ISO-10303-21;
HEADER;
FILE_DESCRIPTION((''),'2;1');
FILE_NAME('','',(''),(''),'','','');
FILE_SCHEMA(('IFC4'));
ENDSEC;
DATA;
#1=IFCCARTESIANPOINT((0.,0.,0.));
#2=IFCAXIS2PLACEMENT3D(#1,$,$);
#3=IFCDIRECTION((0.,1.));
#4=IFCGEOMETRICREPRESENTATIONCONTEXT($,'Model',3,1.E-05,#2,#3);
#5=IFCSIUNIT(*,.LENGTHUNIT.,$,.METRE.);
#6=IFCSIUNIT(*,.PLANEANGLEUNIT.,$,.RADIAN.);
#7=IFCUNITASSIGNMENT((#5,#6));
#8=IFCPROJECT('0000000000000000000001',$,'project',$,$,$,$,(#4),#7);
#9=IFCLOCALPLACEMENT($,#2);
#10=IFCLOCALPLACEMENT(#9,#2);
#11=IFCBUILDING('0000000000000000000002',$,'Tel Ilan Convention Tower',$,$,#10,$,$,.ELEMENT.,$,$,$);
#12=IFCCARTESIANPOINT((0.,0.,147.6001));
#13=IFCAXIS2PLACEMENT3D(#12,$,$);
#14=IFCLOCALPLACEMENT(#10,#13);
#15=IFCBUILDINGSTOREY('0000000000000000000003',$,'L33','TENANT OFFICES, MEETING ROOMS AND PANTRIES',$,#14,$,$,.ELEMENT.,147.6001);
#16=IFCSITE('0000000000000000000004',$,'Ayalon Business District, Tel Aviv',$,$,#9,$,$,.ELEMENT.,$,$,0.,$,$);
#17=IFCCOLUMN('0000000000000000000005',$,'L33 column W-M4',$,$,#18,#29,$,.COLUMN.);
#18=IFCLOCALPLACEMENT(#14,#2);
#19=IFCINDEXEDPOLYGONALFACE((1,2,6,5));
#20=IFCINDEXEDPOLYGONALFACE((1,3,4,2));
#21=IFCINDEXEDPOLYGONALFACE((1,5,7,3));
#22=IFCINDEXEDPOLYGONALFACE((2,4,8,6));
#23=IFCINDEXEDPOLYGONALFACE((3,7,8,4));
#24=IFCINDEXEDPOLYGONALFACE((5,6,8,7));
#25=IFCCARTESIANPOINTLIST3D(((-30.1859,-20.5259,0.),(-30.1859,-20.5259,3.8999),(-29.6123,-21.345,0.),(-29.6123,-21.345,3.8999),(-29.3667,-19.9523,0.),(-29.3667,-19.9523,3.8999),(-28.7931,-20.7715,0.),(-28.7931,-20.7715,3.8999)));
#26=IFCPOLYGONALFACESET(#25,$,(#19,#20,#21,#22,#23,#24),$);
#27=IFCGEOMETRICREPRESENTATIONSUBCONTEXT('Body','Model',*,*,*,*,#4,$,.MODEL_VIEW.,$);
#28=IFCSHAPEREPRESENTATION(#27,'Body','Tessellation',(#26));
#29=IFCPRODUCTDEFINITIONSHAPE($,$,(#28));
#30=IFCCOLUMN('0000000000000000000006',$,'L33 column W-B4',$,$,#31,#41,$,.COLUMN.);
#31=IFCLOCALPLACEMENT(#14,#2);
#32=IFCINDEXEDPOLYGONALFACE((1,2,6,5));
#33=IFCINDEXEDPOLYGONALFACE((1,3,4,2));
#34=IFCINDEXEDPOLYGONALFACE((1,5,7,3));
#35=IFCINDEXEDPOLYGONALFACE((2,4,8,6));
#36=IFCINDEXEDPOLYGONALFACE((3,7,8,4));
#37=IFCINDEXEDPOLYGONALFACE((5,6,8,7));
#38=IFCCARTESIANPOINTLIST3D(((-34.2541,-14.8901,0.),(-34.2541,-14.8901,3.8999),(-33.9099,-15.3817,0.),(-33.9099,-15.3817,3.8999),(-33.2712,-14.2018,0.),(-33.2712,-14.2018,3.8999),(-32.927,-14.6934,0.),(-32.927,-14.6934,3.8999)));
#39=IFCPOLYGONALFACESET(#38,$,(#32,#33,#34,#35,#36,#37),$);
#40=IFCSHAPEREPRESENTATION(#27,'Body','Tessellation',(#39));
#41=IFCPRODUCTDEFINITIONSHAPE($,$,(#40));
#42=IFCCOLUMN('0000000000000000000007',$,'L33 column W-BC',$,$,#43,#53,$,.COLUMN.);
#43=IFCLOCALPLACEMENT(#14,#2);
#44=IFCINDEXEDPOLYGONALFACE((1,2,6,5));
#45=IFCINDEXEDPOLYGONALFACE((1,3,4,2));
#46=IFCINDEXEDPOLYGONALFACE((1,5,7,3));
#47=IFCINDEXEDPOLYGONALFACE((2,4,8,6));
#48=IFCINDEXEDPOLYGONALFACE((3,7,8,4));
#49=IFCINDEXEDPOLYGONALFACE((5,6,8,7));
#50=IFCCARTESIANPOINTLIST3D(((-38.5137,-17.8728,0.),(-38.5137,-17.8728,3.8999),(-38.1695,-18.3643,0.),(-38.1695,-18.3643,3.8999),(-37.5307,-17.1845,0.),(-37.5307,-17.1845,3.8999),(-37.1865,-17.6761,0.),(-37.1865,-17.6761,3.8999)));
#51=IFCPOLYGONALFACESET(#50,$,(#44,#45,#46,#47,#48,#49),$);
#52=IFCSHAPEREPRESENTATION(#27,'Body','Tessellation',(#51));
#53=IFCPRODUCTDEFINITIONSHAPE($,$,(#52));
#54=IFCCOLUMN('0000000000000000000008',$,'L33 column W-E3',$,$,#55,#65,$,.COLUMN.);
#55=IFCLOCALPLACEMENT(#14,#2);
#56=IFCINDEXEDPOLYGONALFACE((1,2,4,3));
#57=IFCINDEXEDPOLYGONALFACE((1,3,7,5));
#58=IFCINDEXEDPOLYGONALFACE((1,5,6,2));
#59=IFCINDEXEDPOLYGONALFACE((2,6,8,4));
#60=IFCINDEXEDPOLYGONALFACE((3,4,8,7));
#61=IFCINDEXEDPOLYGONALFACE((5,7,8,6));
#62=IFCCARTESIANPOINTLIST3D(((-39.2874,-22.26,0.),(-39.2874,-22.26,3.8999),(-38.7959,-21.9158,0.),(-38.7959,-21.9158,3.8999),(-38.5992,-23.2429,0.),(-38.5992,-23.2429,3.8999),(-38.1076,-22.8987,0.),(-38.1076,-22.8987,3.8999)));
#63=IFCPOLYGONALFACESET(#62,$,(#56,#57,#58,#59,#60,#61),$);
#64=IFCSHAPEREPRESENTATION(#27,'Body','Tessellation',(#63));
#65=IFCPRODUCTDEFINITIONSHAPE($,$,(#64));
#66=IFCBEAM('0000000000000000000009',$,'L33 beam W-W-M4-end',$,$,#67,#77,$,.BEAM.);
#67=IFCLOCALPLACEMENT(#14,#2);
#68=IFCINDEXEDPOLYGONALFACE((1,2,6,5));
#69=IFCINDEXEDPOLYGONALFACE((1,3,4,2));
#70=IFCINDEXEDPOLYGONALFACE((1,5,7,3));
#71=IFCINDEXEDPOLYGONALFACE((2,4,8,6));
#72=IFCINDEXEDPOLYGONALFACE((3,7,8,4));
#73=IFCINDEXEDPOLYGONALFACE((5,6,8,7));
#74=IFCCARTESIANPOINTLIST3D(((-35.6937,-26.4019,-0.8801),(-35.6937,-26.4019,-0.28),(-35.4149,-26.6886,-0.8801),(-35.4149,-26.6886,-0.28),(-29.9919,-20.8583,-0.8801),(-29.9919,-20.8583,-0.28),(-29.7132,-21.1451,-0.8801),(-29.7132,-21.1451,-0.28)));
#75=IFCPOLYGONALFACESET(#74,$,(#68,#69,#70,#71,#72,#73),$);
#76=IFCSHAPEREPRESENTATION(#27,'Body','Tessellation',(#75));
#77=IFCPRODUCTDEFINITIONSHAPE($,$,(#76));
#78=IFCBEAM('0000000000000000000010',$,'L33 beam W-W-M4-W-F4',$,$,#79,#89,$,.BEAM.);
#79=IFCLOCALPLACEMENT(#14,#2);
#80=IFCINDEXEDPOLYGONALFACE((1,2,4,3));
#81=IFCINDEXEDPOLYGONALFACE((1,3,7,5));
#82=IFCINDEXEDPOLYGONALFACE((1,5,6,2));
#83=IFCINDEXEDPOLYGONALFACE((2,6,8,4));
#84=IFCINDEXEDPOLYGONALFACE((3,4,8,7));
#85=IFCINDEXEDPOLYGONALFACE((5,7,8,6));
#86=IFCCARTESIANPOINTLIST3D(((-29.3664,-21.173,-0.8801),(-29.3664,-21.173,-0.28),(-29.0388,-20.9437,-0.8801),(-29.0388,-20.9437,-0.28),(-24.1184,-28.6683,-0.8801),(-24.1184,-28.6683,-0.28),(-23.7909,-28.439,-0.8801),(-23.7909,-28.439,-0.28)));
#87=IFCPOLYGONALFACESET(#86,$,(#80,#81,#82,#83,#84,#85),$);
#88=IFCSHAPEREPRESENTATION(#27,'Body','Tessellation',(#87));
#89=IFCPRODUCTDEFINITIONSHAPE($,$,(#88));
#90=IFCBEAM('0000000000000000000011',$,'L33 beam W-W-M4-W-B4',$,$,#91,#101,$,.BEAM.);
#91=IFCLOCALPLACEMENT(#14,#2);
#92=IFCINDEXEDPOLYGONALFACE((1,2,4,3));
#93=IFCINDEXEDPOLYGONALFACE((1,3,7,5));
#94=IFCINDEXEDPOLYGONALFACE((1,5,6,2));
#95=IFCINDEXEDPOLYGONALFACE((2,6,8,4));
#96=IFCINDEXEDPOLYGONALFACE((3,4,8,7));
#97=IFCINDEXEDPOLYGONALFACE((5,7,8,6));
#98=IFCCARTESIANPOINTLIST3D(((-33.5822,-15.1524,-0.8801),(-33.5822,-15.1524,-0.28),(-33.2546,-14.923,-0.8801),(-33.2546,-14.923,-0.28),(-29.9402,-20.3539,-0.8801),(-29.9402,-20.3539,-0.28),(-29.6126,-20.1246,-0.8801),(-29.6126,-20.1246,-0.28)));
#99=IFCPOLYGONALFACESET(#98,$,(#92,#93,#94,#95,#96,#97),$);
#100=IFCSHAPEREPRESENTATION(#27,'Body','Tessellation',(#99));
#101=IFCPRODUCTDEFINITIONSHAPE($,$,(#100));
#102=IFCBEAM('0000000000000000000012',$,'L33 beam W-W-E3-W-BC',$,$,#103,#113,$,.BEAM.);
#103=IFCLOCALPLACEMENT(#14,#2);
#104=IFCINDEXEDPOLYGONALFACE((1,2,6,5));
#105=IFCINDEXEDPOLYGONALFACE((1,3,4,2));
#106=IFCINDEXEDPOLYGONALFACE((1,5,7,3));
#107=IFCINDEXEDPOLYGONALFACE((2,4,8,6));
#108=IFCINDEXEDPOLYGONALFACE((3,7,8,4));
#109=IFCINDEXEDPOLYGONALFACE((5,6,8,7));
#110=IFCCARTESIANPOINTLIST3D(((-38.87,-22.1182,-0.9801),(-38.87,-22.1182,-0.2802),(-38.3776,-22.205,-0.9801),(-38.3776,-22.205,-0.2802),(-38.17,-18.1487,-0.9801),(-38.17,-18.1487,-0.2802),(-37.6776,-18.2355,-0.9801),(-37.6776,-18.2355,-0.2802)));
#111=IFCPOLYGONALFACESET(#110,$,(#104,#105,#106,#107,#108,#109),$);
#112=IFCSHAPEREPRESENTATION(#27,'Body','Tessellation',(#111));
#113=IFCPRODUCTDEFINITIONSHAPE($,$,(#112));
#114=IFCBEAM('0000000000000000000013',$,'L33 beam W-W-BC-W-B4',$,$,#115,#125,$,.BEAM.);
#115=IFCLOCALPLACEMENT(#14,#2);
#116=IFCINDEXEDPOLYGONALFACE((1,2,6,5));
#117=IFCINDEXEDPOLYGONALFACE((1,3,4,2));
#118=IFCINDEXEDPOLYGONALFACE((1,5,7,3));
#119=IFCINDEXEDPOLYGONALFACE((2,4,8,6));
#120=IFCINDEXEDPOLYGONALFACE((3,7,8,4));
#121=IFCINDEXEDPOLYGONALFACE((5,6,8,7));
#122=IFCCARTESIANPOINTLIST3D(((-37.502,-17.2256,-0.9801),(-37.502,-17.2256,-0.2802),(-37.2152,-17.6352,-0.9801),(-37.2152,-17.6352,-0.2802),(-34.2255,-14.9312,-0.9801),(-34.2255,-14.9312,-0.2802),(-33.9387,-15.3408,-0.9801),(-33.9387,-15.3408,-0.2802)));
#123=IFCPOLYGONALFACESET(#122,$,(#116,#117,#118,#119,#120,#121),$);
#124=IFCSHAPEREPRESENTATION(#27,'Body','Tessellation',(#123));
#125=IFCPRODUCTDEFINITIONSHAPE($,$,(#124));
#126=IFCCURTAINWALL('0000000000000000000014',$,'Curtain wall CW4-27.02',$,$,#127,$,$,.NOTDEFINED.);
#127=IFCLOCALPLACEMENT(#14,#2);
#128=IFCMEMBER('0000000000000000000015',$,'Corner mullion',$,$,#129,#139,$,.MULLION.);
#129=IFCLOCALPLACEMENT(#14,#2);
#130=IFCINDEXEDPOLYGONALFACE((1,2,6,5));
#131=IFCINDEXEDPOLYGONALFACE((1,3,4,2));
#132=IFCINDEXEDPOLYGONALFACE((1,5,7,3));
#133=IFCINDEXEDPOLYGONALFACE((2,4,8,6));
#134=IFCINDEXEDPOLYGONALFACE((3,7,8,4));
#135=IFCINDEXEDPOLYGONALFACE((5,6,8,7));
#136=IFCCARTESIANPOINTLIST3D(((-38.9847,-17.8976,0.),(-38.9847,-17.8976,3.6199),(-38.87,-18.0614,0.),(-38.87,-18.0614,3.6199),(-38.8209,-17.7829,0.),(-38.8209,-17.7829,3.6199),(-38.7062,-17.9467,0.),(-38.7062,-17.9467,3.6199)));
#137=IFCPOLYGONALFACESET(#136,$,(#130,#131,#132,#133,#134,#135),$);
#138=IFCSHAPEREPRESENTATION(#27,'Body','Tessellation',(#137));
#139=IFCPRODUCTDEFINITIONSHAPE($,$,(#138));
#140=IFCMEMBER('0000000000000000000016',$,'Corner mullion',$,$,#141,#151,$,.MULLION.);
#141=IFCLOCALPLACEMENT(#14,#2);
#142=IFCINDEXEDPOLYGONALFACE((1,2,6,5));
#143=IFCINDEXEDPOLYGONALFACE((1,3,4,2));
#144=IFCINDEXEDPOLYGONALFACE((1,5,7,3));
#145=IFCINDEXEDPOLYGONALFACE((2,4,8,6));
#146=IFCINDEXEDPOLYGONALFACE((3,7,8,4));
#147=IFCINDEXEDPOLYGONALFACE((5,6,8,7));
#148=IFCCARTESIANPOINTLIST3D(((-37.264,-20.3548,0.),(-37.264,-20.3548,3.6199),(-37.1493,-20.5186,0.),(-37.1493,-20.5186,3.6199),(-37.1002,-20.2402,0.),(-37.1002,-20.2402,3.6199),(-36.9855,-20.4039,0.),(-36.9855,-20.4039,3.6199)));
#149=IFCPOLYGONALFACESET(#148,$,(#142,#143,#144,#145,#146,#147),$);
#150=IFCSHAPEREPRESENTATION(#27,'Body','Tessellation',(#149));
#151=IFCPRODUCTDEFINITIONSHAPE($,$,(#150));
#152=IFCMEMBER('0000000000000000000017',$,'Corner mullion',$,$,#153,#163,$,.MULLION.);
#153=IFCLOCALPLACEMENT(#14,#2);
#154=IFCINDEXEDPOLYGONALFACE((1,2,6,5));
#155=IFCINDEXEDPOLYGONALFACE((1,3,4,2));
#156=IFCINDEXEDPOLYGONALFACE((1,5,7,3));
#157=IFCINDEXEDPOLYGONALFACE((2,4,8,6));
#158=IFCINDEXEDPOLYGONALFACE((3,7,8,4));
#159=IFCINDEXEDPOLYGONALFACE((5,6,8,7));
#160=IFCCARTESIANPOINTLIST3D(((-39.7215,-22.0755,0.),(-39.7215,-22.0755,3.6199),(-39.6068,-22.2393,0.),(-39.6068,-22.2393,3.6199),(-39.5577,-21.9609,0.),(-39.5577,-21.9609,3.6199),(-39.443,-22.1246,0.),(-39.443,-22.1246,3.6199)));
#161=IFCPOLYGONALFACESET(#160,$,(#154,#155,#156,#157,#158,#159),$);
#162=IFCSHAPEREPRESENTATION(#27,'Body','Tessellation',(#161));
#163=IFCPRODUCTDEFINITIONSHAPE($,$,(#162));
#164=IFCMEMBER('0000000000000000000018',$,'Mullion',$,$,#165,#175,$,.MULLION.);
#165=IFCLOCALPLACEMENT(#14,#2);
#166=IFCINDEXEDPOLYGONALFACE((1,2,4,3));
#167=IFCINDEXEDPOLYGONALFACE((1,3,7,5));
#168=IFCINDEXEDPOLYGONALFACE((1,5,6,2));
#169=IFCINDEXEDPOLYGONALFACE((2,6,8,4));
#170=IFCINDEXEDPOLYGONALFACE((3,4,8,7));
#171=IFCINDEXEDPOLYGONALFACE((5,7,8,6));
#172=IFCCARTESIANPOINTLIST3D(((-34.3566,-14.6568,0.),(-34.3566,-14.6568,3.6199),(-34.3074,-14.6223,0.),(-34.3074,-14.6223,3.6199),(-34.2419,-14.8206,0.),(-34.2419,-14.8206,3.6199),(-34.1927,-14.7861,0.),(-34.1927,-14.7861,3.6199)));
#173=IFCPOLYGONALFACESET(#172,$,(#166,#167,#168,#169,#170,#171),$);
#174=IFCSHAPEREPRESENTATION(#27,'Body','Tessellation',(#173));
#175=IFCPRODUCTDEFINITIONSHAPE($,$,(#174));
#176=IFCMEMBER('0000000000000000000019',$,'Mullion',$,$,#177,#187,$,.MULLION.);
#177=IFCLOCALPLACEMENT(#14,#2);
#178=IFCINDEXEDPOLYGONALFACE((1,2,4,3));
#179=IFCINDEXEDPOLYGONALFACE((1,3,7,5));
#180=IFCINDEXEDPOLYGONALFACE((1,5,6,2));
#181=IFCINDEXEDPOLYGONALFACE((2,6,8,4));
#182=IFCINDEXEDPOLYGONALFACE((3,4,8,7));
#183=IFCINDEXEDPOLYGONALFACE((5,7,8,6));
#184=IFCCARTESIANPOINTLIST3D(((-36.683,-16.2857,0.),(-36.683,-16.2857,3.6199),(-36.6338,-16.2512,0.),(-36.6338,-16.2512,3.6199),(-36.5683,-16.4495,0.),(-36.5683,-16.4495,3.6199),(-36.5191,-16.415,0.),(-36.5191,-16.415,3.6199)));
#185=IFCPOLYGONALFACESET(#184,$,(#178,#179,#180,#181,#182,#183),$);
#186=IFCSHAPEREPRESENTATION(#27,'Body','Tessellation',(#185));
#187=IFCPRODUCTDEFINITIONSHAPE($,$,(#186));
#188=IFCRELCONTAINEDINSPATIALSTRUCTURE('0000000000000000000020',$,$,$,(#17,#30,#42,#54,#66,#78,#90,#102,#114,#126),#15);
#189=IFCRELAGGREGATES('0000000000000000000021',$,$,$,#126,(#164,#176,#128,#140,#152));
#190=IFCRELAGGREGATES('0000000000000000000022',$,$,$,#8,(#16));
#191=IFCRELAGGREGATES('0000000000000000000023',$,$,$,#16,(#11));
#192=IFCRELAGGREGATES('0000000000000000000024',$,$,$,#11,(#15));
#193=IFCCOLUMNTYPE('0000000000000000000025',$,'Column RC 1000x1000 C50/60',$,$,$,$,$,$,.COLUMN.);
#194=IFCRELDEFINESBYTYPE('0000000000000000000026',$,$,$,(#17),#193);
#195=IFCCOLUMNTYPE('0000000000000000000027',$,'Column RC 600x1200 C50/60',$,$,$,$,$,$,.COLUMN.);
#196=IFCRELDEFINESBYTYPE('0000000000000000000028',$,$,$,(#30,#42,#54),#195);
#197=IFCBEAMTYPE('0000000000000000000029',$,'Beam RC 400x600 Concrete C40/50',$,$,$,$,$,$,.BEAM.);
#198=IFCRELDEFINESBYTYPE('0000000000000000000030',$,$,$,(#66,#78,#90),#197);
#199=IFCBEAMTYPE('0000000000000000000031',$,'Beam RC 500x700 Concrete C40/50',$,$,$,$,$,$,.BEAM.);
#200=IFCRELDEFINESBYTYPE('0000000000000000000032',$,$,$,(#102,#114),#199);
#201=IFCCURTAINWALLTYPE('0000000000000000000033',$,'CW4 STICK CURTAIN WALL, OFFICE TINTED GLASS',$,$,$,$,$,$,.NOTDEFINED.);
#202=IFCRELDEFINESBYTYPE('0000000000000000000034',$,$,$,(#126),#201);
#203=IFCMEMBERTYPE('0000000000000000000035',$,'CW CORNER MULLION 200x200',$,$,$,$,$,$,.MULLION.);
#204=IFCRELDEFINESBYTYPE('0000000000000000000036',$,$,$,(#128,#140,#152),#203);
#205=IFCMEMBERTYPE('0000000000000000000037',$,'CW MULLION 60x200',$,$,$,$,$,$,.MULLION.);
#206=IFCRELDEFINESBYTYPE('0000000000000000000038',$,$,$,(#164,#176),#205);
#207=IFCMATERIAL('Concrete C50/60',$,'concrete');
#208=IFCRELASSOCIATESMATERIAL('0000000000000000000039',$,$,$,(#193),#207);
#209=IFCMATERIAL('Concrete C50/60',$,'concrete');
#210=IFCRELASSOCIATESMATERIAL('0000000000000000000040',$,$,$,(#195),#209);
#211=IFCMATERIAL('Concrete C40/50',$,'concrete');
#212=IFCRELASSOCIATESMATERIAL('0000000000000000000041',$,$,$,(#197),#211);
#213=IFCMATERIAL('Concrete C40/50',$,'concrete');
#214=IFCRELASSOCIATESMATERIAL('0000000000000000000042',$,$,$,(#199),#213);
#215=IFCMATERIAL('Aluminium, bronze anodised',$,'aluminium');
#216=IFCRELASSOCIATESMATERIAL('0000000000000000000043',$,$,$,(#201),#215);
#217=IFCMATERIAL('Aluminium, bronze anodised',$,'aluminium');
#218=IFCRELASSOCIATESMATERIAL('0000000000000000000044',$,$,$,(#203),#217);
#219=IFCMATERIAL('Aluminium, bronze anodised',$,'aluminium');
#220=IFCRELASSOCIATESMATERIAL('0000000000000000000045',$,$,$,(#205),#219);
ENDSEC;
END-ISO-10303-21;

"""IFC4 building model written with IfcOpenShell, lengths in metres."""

from ifc_helpers import new_model, si_unit, direction, frame, origin, origin_2d, place, context, subcontext, project, spatial, rectangle, extrude, material, material_profile, profile_set, type_object, element, aggregate, save


model = new_model("IFC4")

# Units and contexts
model_context = context("Model", 3, precision=1e-05, world=origin(), true_north=direction((0.0, 1.0)))
body_context = subcontext(model_context, "Body", "Model", "MODEL_VIEW")
ifc_project = project(units=[si_unit("LENGTHUNIT", "METRE"), si_unit("PLANEANGLEUNIT", "RADIAN")], contexts=[model_context])

# Site, building, storey
site_placement = place(None, origin())
site = spatial("IfcSite", under=ifc_project, at=site_placement, Name="Ayalon Business District, Tel Aviv", CompositionType="ELEMENT", RefElevation=0.0)
building_placement = place(site_placement, origin())
building = spatial("IfcBuilding", under=site, at=building_placement, Name="Tel Ilan Convention Tower", CompositionType="ELEMENT")
storey_placement = place(building_placement, frame((0.0, 0.0, 147.6001)))
storey = spatial("IfcBuildingStorey", under=building, at=storey_placement, Name="L33", Description="TENANT OFFICES, MEETING ROOMS AND PANTRIES", CompositionType="ELEMENT", Elevation=147.6001)

# Columns
ifc_material_1 = material(Name="Concrete C50/60", Category="concrete")
ifc_material_profile_1 = material_profile(ifc_material_1, rectangle(XDim=1.0, YDim=1.0, at=origin_2d()), Name="RC 1000x1000")
ifc_profile_set_1 = profile_set([ifc_material_profile_1], Name="Concrete C50/60")
column_type_1 = type_object("IfcColumnType", Name="Column RC 1000x1000 C50/60", PredefinedType="COLUMN", material=ifc_profile_set_1)
column_placement = place(storey_placement, frame((-29.4895, -20.6487, 0.0), z_axis=(0.0, 0.0, 1.0), x_axis=(-0.819152, -0.573576, 0.0)))
element("IfcColumn", 1, at=column_placement, inside=storey, type_object=column_type_1, Name="L33 column W-M4", PredefinedType="COLUMN", context=body_context, shape_type="SweptSolid", body=[
    extrude(rectangle(XDim=1.0, YDim=1.0, at=origin_2d()), origin(), (0.0, 0.0, 1.0), 3.8999),
])
ifc_material_2 = material(Name="Concrete C50/60", Category="concrete")
ifc_material_profile_2 = material_profile(ifc_material_2, rectangle(XDim=1.2, YDim=0.6001, at=origin_2d()), Name="RC 600x1200")
ifc_profile_set_2 = profile_set([ifc_material_profile_2], Name="Concrete C50/60")
column_type_2 = type_object("IfcColumnType", Name="Column RC 600x1200 C50/60", PredefinedType="COLUMN", material=ifc_profile_set_2)
for number, where, z_axis, x_axis, name in (
    (2, (-33.5906, -14.7917, 0.0), (0.0, 0.0, 1.0), (-0.819152, -0.573576, 0.0), "L33 column W-B4"),
    (3, (-37.8501, -17.7744, 0.0), (0.0, 0.0, 1.0), (-0.819152, -0.573576, 0.0), "L33 column W-BC"),
    (4, (-38.6975, -22.5793, 0.0), (0.0, 0.0, 1.0), (-0.573576, 0.819152, 0.0), "L33 column W-E3"),
):
    element("IfcColumn", number, at=place(storey_placement, frame(where, z_axis=z_axis, x_axis=x_axis)), inside=storey, type_object=column_type_2, Name=name, PredefinedType="COLUMN", context=body_context, shape_type="SweptSolid", body=[
        extrude(rectangle(XDim=1.2, YDim=0.6001, at=origin_2d()), origin(), (0.0, 0.0, 1.0), 3.8999),
    ])

# Beams
ifc_material_3 = material(Name="Concrete C40/50", Category="concrete")
ifc_material_profile_3 = material_profile(ifc_material_3, rectangle(XDim=0.3999, YDim=0.6001, at=origin_2d()), Name="RC 400x600")
ifc_profile_set_3 = profile_set([ifc_material_profile_3], Name="Concrete C40/50")
beam_type_1 = type_object("IfcBeamType", Name="Beam RC 400x600 Concrete C40/50", PredefinedType="BEAM", material=ifc_profile_set_3)
beam_1_placement = place(storey_placement, frame((-29.8525, -21.0017, -0.5801), z_axis=(-0.716984, -0.69709, 0.0), x_axis=(0.69709, -0.716984, 0.0)))
element("IfcBeam", 5, at=beam_1_placement, inside=storey, type_object=beam_type_1, Name="L33 beam W-W-M4-end", PredefinedType="BEAM", context=body_context, shape_type="SweptSolid", body=[
    extrude(rectangle(XDim=0.3999, YDim=0.6001, at=origin_2d()), origin(), (0.0, 0.0, 1.0), 7.9524),
])
beam_2_placement = place(storey_placement, frame((-29.2026, -21.0583, -0.5801), z_axis=(0.573557, -0.819165, 0.0), x_axis=(0.819165, 0.573557, 0.0)))
element("IfcBeam", 6, at=beam_2_placement, inside=storey, type_object=beam_type_1, Name="L33 beam W-W-M4-W-F4", PredefinedType="BEAM", context=body_context, shape_type="SweptSolid", body=[
    extrude(rectangle(XDim=0.3999, YDim=0.6001, at=origin_2d()), origin(), (0.0, 0.0, 1.0), 9.1499),
])
beam_3_placement = place(storey_placement, frame((-29.7764, -20.2393, -0.5801), z_axis=(-0.57356, 0.819163, 0.0), x_axis=(-0.819163, -0.57356, 0.0)))
element("IfcBeam", 7, at=beam_3_placement, inside=storey, type_object=beam_type_1, Name="L33 beam W-W-M4-W-B4", PredefinedType="BEAM", context=body_context, shape_type="SweptSolid", body=[
    extrude(rectangle(XDim=0.3999, YDim=0.6001, at=origin_2d()), origin(), (0.0, 0.0, 1.0), 6.3499),
])
ifc_material_4 = material(Name="Concrete C40/50", Category="concrete")
ifc_material_profile_4 = material_profile(ifc_material_4, rectangle(XDim=0.5, YDim=0.7, at=origin_2d()), Name="RC 500x700")
ifc_profile_set_4 = profile_set([ifc_material_profile_4], Name="Concrete C40/50")
beam_type_2 = type_object("IfcBeamType", Name="Beam RC 500x700 Concrete C40/50", PredefinedType="BEAM", material=ifc_profile_set_4)
beam_4_placement = place(storey_placement, frame((-38.6238, -22.1616, -0.6301), z_axis=(0.173654, 0.984807, 0.0), x_axis=(-0.984807, 0.173654, 0.0)))
element("IfcBeam", 8, at=beam_4_placement, inside=storey, type_object=beam_type_2, Name="L33 beam W-W-E3-W-BC", PredefinedType="BEAM", context=body_context, shape_type="SweptSolid", body=[
    extrude(rectangle(XDim=0.5, YDim=0.7, at=origin_2d()), origin(), (0.0, 0.0, 1.0), 4.0308),
])
beam_5_placement = place(storey_placement, frame((-37.3586, -17.4304, -0.6301), z_axis=(0.819137, 0.573598, 0.0), x_axis=(-0.573598, 0.819137, 0.0)))
element("IfcBeam", 9, at=beam_5_placement, inside=storey, type_object=beam_type_2, Name="L33 beam W-W-BC-W-B4", PredefinedType="BEAM", context=body_context, shape_type="SweptSolid", body=[
    extrude(rectangle(XDim=0.5, YDim=0.7, at=origin_2d()), origin(), (0.0, 0.0, 1.0), 4.0),
])

# Curtain wall, members
ifc_material_5 = material(Name="Aluminium, bronze anodised", Category="aluminium")
curtain_wall_type = type_object("IfcCurtainWallType", Name="CW4 STICK CURTAIN WALL, OFFICE TINTED GLASS", PredefinedType="NOTDEFINED", material=ifc_material_5)
curtain_wall_placement = place(storey_placement, origin())
curtain_wall = element("IfcCurtainWall", 10, at=curtain_wall_placement, inside=storey, type_object=curtain_wall_type, Name="Curtain wall CW4-27.02", PredefinedType="NOTDEFINED")
ifc_material_6 = material(Name="Aluminium, bronze anodised", Category="aluminium")
ifc_material_profile_5 = material_profile(ifc_material_6, rectangle(XDim=0.2, YDim=0.2, at=origin_2d()), Name="CW CORNER MULLION 200x200")
ifc_profile_set_5 = profile_set([ifc_material_profile_5], Name="Aluminium, bronze anodised")
member_type_1 = type_object("IfcMemberType", Name="CW CORNER MULLION 200x200", PredefinedType="MULLION", material=ifc_profile_set_5)
member_1_placement = place(storey_placement, frame((-38.8455, -17.9221, 0.0), z_axis=(0.0, 0.0, 1.0), x_axis=(-0.819152, -0.573576, 0.0)))
member_1 = element("IfcMember", 11, at=member_1_placement, type_object=member_type_1, Name="Corner mullion", PredefinedType="MULLION", context=body_context, shape_type="SweptSolid", body=[
    extrude(rectangle(XDim=0.2, YDim=0.2, at=origin_2d()), origin(), (0.0, 0.0, 1.0), 3.6199),
])
member_2_placement = place(storey_placement, frame((-37.1248, -20.3794, 0.0), z_axis=(0.0, 0.0, 1.0), x_axis=(0.573576, -0.819152, 0.0)))
member_2 = element("IfcMember", 12, at=member_2_placement, type_object=member_type_1, Name="Corner mullion", PredefinedType="MULLION", context=body_context, shape_type="SweptSolid", body=[
    extrude(rectangle(XDim=0.2, YDim=0.2, at=origin_2d()), origin(), (0.0, 0.0, 1.0), 3.6199),
])
member_3_placement = place(storey_placement, frame((-39.5823, -22.1001, 0.0), z_axis=(0.0, 0.0, 1.0), x_axis=(-0.819152, -0.573576, 0.0)))
member_3 = element("IfcMember", 13, at=member_3_placement, type_object=member_type_1, Name="Corner mullion", PredefinedType="MULLION", context=body_context, shape_type="SweptSolid", body=[
    extrude(rectangle(XDim=0.2, YDim=0.2, at=origin_2d()), origin(), (0.0, 0.0, 1.0), 3.6199),
])
ifc_material_7 = material(Name="Aluminium, bronze anodised", Category="aluminium")
ifc_material_profile_6 = material_profile(ifc_material_7, rectangle(XDim=0.0601, YDim=0.2, at=origin_2d()), Name="CW MULLION 60x200")
ifc_profile_set_6 = profile_set([ifc_material_profile_6], Name="Aluminium, bronze anodised")
member_type_2 = type_object("IfcMemberType", Name="CW MULLION 60x200", PredefinedType="MULLION", material=ifc_profile_set_6)
member_4_placement = place(storey_placement, frame((-34.2747, -14.7214, 0.0), z_axis=(0.0, 0.0, 1.0), x_axis=(-0.819152, -0.573576, 0.0)))
member_4 = element("IfcMember", 14, at=member_4_placement, type_object=member_type_2, Name="Mullion", PredefinedType="MULLION", context=body_context, shape_type="SweptSolid", body=[
    extrude(rectangle(XDim=0.0601, YDim=0.2, at=origin_2d()), origin(), (0.0, 0.0, 1.0), 3.6199),
])
member_5_placement = place(storey_placement, frame((-36.6011, -16.3503, 0.0), z_axis=(0.0, 0.0, 1.0), x_axis=(-0.819152, -0.573576, 0.0)))
member_5 = element("IfcMember", 15, at=member_5_placement, type_object=member_type_2, Name="Mullion", PredefinedType="MULLION", context=body_context, shape_type="SweptSolid", body=[
    extrude(rectangle(XDim=0.0601, YDim=0.2, at=origin_2d()), origin(), (0.0, 0.0, 1.0), 3.6199),
])
aggregate(curtain_wall, [member_4, member_5, member_1, member_2, member_3])

save(model, "model.ifc")
